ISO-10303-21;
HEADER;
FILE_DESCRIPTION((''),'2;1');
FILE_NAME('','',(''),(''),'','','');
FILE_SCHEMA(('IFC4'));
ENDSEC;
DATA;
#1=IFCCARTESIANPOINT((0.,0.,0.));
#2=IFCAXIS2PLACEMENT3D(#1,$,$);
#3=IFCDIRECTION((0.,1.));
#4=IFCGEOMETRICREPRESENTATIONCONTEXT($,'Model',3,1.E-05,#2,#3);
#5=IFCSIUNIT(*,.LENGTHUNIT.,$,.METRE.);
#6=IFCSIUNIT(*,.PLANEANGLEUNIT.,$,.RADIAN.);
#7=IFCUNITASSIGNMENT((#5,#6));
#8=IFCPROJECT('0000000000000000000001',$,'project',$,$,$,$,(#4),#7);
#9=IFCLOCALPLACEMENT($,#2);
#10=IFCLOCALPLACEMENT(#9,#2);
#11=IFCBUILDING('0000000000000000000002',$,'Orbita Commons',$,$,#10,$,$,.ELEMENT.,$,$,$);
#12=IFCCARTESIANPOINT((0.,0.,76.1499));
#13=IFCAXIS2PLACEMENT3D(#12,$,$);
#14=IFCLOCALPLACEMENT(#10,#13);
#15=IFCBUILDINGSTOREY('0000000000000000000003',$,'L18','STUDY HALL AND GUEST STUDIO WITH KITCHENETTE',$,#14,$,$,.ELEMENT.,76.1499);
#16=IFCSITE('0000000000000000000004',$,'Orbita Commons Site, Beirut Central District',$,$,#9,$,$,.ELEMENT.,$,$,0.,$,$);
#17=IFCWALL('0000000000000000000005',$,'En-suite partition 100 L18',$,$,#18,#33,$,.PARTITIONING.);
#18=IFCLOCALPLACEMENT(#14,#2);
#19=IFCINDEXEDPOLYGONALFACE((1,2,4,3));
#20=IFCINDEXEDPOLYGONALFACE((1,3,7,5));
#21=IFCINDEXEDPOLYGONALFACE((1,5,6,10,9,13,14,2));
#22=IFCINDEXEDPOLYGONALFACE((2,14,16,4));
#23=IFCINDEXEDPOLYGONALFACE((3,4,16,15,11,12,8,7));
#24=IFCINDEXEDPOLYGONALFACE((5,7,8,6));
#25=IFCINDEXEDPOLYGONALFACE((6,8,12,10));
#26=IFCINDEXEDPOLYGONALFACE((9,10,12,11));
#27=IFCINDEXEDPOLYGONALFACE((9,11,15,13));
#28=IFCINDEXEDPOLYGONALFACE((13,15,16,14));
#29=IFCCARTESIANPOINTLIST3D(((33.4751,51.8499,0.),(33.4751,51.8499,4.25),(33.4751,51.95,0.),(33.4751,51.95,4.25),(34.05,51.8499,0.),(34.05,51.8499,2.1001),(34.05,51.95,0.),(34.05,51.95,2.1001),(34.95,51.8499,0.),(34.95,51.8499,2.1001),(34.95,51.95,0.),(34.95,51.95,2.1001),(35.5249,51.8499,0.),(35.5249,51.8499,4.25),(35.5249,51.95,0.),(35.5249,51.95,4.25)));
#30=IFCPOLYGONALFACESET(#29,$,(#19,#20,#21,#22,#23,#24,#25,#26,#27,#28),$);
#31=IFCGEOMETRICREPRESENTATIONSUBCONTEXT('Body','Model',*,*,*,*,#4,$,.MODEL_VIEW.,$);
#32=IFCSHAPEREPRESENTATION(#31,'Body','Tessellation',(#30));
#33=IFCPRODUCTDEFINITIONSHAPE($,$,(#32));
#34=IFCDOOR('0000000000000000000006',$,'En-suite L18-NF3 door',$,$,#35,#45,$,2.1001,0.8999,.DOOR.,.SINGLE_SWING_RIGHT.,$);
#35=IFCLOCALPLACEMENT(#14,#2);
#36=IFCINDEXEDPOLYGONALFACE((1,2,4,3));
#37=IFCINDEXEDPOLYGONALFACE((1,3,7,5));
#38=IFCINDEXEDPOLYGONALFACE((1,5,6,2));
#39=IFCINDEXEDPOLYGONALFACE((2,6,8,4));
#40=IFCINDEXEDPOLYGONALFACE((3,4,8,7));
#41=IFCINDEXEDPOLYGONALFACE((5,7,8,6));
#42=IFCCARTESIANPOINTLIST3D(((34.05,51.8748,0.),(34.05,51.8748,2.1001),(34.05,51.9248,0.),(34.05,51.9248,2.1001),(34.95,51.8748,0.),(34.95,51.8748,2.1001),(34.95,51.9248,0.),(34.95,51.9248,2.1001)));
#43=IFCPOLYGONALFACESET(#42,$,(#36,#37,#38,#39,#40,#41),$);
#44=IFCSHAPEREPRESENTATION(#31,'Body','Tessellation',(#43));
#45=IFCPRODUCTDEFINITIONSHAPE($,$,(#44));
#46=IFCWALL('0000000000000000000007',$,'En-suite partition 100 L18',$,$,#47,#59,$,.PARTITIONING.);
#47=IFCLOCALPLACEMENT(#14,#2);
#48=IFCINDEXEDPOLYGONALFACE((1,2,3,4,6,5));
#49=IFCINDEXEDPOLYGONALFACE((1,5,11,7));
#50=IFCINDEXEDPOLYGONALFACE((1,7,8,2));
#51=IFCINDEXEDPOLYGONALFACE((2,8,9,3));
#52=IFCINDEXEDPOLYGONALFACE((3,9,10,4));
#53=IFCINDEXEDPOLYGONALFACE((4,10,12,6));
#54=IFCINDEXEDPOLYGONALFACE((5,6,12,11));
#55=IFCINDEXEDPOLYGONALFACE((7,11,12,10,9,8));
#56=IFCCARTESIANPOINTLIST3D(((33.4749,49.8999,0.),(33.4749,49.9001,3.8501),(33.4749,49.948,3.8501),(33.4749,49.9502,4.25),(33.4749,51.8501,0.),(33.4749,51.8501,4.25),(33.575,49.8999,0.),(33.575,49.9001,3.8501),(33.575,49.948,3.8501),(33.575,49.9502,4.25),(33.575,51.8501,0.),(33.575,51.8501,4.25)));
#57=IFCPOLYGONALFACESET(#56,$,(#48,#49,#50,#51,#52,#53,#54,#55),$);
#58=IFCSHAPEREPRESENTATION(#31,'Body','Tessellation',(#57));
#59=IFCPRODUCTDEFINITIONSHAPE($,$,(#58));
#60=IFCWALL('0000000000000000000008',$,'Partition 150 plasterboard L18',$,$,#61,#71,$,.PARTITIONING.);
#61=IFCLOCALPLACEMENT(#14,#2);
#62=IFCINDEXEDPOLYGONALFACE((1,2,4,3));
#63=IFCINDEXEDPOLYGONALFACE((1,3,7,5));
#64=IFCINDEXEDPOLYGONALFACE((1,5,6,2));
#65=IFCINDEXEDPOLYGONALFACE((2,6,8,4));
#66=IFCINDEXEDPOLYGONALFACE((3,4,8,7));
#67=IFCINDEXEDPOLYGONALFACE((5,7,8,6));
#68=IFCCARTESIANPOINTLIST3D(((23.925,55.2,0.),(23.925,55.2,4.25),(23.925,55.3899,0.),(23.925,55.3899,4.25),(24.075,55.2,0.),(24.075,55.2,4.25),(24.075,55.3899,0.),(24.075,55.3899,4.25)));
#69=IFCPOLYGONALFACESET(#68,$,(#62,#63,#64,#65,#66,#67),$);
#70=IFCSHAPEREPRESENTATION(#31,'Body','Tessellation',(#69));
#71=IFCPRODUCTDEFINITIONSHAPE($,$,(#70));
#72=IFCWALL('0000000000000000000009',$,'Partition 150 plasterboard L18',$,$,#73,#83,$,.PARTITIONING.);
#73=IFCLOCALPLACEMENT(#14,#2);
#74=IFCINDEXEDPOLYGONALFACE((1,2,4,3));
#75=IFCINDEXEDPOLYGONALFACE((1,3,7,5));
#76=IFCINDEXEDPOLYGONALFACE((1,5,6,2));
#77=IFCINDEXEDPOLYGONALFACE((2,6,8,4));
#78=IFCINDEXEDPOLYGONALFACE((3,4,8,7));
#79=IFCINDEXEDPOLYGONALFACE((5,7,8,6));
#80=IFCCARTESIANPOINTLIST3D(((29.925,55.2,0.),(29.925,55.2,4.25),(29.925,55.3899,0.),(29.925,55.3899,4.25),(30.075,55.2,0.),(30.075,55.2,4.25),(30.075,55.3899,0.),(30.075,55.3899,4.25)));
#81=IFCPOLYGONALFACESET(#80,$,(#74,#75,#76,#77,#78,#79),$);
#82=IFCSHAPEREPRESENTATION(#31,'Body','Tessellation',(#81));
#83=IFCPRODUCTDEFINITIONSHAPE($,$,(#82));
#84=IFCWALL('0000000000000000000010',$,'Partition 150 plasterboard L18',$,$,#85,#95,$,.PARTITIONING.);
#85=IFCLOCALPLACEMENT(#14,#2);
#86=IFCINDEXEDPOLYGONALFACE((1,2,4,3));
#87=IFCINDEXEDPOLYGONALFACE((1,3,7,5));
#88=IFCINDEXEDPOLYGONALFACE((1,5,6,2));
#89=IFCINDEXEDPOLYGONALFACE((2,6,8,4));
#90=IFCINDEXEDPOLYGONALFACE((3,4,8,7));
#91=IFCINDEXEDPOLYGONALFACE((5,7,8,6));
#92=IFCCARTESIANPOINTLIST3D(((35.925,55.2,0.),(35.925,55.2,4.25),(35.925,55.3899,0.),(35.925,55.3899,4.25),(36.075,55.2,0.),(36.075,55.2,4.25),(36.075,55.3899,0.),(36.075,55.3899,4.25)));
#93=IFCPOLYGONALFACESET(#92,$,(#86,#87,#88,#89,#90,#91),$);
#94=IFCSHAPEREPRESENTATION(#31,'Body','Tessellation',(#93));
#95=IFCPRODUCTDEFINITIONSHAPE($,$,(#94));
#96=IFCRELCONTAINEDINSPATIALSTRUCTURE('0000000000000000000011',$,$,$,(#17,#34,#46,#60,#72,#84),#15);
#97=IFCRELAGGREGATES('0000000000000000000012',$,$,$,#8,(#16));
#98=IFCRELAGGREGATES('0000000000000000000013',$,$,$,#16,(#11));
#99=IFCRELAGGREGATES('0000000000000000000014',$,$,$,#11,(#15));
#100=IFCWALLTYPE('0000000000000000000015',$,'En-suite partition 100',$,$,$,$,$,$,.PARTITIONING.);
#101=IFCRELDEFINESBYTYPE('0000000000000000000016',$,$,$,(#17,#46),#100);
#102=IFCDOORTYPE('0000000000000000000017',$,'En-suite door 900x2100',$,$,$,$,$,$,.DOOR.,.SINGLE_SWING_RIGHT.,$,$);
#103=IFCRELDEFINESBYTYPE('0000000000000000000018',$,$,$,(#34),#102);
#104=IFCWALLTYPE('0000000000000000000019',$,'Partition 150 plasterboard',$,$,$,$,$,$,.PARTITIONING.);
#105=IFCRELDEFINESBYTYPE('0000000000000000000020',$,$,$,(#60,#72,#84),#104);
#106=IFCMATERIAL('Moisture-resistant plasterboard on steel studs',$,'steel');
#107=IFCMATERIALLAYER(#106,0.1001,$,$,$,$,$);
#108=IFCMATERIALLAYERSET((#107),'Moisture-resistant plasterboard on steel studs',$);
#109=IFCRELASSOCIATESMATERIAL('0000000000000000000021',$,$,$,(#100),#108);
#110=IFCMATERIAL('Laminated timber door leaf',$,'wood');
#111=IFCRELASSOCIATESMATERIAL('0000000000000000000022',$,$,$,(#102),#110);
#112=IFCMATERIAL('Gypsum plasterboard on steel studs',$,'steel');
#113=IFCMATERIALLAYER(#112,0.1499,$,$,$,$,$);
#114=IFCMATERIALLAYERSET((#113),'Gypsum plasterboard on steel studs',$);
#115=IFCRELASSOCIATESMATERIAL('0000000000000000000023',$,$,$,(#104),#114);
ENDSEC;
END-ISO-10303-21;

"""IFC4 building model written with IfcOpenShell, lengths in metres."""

from ifc_helpers import new_model, si_unit, direction, frame, frame_2d, origin, place, context, subcontext, project, spatial, polyline, rectangle, outline, extrude, material, layer, layer_set, type_object, element, fill, save


model = new_model("IFC4")

# Units and contexts
model_context = context("Model", 3, precision=1e-05, world=origin(), true_north=direction((0.0, 1.0)))
body_context = subcontext(model_context, "Body", "Model", "MODEL_VIEW")
ifc_project = project(units=[si_unit("LENGTHUNIT", "METRE"), si_unit("PLANEANGLEUNIT", "RADIAN")], contexts=[model_context])

# Site, building, storey
site_placement = place(None, origin())
site = spatial("IfcSite", under=ifc_project, at=site_placement, Name="Orbita Commons Site, Beirut Central District", CompositionType="ELEMENT", RefElevation=0.0)
building_placement = place(site_placement, origin())
building = spatial("IfcBuilding", under=site, at=building_placement, Name="Orbita Commons", CompositionType="ELEMENT")
storey_placement = place(building_placement, frame((0.0, 0.0, 76.1499)))
storey = spatial("IfcBuildingStorey", under=building, at=storey_placement, Name="L18", Description="STUDY HALL AND GUEST STUDIO WITH KITCHENETTE", CompositionType="ELEMENT", Elevation=76.1499)

# Shared definitions
ifc_material_1 = material(Name="Moisture-resistant plasterboard on steel studs", Category="steel")
ifc_layer_1 = layer(ifc_material_1, 0.1001)
ifc_layer_set_1 = layer_set([ifc_layer_1], Name="Moisture-resistant plasterboard on steel studs")
wall_type_1 = type_object("IfcWallType", Name="En-suite partition 100", PredefinedType="PARTITIONING", material=ifc_layer_set_1)
ifc_material_2 = material(Name="Laminated timber door leaf", Category="wood")
door_type = type_object("IfcDoorType", Name="En-suite door 900x2100", OperationType="SINGLE_SWING_RIGHT", PredefinedType="DOOR", material=ifc_material_2)

# Wall, opening, door
wall_1_placement = place(storey_placement, frame((33.4751, 51.8999, 0.0), z_axis=(0.0, 0.0, 1.0), x_axis=(1.0, 0.0, 0.0)))
wall_1 = element("IfcWall", 1, at=wall_1_placement, inside=storey, type_object=wall_type_1, Name="En-suite partition 100 L18", PredefinedType="PARTITIONING", context=body_context, shape_type="SweptSolid", body=[
    extrude(rectangle(XDim=2.0498, YDim=0.1001, at=frame_2d((1.0249, 0.0))), origin(), (0.0, 0.0, 1.0), 4.25),
])
opening_1_placement = place(wall_1_placement, frame((0.575, 0.0, 0.0)))
opening_1 = element("IfcOpeningElement", 2, at=opening_1_placement, cuts=wall_1, PredefinedType="OPENING", context=body_context, shape_type="SweptSolid", body=[
    extrude(rectangle(XDim=0.8999, YDim=2.1001, at=frame_2d((0.45, 1.05))), frame((0.0, 0.0601, 0.0), z_axis=(0.0, -1.0, 0.0), x_axis=(1.0, 0.0, 0.0)), (0.0, 0.0, 1.0), 0.1201),
])
door_1_placement = place(opening_1_placement, origin())
door_1 = element("IfcDoor", 3, at=door_1_placement, inside=storey, type_object=door_type, Name="En-suite L18-NF3 door", OperationType="SINGLE_SWING_RIGHT", OverallHeight=2.1001, OverallWidth=0.8999, PredefinedType="DOOR", context=body_context, shape_type="SweptSolid", body=[
    extrude(rectangle(XDim=0.8999, YDim=2.1001, at=frame_2d((0.45, 1.05))), frame((0.0, 0.0249, 0.0), z_axis=(0.0, -1.0, 0.0), x_axis=(1.0, 0.0, 0.0)), (0.0, 0.0, 1.0), 0.05),
])
fill(opening_1, door_1)

# Walls
wall_2_placement = place(storey_placement, frame((33.5249, 51.8501, 0.0), z_axis=(0.0, 0.0, 1.0), x_axis=(0.0, -1.0, 0.0)))
element("IfcWall", 4, at=wall_2_placement, inside=storey, type_object=wall_type_1, Name="En-suite partition 100 L18", PredefinedType="PARTITIONING", context=body_context, shape_type="SweptSolid", body=[
    extrude(outline(polyline([(0.0, 0.0), (1.9502, 0.0), (1.95, 3.8501), (1.9021, 3.8501), (1.8999, 4.25), (0.0, 4.25), (0.0, 0.0)])), frame((0.0, 0.05, 0.0), z_axis=(0.0, -1.0, 0.0), x_axis=(1.0, 0.0, 0.0)), (0.0, 0.0, 1.0), 0.1001),
])
ifc_material_3 = material(Name="Gypsum plasterboard on steel studs", Category="steel")
ifc_layer_2 = layer(ifc_material_3, 0.1499)
ifc_layer_set_2 = layer_set([ifc_layer_2], Name="Gypsum plasterboard on steel studs")
wall_type_2 = type_object("IfcWallType", Name="Partition 150 plasterboard", PredefinedType="PARTITIONING", material=ifc_layer_set_2)
for number, where, z_axis, x_axis, name in (
    (5, (24.0, 55.2, 0.0), (0.0, 0.0, 1.0), (0.0, 1.0, 0.0), "Partition 150 plasterboard L18"),
    (6, (30.0, 55.2, 0.0), (0.0, 0.0, 1.0), (0.0, 1.0, 0.0), "Partition 150 plasterboard L18"),
    (7, (36.0, 55.2, 0.0), (0.0, 0.0, 1.0), (0.0, 1.0, 0.0), "Partition 150 plasterboard L18"),
):
    element("IfcWall", number, at=place(storey_placement, frame(where, z_axis=z_axis, x_axis=x_axis)), inside=storey, type_object=wall_type_2, Name=name, PredefinedType="PARTITIONING", context=body_context, shape_type="SweptSolid", body=[
        extrude(rectangle(XDim=0.1899, YDim=0.1499, at=frame_2d((0.095, 0.0))), origin(), (0.0, 0.0, 1.0), 4.25),
    ])

save(model, "model.ifc")
